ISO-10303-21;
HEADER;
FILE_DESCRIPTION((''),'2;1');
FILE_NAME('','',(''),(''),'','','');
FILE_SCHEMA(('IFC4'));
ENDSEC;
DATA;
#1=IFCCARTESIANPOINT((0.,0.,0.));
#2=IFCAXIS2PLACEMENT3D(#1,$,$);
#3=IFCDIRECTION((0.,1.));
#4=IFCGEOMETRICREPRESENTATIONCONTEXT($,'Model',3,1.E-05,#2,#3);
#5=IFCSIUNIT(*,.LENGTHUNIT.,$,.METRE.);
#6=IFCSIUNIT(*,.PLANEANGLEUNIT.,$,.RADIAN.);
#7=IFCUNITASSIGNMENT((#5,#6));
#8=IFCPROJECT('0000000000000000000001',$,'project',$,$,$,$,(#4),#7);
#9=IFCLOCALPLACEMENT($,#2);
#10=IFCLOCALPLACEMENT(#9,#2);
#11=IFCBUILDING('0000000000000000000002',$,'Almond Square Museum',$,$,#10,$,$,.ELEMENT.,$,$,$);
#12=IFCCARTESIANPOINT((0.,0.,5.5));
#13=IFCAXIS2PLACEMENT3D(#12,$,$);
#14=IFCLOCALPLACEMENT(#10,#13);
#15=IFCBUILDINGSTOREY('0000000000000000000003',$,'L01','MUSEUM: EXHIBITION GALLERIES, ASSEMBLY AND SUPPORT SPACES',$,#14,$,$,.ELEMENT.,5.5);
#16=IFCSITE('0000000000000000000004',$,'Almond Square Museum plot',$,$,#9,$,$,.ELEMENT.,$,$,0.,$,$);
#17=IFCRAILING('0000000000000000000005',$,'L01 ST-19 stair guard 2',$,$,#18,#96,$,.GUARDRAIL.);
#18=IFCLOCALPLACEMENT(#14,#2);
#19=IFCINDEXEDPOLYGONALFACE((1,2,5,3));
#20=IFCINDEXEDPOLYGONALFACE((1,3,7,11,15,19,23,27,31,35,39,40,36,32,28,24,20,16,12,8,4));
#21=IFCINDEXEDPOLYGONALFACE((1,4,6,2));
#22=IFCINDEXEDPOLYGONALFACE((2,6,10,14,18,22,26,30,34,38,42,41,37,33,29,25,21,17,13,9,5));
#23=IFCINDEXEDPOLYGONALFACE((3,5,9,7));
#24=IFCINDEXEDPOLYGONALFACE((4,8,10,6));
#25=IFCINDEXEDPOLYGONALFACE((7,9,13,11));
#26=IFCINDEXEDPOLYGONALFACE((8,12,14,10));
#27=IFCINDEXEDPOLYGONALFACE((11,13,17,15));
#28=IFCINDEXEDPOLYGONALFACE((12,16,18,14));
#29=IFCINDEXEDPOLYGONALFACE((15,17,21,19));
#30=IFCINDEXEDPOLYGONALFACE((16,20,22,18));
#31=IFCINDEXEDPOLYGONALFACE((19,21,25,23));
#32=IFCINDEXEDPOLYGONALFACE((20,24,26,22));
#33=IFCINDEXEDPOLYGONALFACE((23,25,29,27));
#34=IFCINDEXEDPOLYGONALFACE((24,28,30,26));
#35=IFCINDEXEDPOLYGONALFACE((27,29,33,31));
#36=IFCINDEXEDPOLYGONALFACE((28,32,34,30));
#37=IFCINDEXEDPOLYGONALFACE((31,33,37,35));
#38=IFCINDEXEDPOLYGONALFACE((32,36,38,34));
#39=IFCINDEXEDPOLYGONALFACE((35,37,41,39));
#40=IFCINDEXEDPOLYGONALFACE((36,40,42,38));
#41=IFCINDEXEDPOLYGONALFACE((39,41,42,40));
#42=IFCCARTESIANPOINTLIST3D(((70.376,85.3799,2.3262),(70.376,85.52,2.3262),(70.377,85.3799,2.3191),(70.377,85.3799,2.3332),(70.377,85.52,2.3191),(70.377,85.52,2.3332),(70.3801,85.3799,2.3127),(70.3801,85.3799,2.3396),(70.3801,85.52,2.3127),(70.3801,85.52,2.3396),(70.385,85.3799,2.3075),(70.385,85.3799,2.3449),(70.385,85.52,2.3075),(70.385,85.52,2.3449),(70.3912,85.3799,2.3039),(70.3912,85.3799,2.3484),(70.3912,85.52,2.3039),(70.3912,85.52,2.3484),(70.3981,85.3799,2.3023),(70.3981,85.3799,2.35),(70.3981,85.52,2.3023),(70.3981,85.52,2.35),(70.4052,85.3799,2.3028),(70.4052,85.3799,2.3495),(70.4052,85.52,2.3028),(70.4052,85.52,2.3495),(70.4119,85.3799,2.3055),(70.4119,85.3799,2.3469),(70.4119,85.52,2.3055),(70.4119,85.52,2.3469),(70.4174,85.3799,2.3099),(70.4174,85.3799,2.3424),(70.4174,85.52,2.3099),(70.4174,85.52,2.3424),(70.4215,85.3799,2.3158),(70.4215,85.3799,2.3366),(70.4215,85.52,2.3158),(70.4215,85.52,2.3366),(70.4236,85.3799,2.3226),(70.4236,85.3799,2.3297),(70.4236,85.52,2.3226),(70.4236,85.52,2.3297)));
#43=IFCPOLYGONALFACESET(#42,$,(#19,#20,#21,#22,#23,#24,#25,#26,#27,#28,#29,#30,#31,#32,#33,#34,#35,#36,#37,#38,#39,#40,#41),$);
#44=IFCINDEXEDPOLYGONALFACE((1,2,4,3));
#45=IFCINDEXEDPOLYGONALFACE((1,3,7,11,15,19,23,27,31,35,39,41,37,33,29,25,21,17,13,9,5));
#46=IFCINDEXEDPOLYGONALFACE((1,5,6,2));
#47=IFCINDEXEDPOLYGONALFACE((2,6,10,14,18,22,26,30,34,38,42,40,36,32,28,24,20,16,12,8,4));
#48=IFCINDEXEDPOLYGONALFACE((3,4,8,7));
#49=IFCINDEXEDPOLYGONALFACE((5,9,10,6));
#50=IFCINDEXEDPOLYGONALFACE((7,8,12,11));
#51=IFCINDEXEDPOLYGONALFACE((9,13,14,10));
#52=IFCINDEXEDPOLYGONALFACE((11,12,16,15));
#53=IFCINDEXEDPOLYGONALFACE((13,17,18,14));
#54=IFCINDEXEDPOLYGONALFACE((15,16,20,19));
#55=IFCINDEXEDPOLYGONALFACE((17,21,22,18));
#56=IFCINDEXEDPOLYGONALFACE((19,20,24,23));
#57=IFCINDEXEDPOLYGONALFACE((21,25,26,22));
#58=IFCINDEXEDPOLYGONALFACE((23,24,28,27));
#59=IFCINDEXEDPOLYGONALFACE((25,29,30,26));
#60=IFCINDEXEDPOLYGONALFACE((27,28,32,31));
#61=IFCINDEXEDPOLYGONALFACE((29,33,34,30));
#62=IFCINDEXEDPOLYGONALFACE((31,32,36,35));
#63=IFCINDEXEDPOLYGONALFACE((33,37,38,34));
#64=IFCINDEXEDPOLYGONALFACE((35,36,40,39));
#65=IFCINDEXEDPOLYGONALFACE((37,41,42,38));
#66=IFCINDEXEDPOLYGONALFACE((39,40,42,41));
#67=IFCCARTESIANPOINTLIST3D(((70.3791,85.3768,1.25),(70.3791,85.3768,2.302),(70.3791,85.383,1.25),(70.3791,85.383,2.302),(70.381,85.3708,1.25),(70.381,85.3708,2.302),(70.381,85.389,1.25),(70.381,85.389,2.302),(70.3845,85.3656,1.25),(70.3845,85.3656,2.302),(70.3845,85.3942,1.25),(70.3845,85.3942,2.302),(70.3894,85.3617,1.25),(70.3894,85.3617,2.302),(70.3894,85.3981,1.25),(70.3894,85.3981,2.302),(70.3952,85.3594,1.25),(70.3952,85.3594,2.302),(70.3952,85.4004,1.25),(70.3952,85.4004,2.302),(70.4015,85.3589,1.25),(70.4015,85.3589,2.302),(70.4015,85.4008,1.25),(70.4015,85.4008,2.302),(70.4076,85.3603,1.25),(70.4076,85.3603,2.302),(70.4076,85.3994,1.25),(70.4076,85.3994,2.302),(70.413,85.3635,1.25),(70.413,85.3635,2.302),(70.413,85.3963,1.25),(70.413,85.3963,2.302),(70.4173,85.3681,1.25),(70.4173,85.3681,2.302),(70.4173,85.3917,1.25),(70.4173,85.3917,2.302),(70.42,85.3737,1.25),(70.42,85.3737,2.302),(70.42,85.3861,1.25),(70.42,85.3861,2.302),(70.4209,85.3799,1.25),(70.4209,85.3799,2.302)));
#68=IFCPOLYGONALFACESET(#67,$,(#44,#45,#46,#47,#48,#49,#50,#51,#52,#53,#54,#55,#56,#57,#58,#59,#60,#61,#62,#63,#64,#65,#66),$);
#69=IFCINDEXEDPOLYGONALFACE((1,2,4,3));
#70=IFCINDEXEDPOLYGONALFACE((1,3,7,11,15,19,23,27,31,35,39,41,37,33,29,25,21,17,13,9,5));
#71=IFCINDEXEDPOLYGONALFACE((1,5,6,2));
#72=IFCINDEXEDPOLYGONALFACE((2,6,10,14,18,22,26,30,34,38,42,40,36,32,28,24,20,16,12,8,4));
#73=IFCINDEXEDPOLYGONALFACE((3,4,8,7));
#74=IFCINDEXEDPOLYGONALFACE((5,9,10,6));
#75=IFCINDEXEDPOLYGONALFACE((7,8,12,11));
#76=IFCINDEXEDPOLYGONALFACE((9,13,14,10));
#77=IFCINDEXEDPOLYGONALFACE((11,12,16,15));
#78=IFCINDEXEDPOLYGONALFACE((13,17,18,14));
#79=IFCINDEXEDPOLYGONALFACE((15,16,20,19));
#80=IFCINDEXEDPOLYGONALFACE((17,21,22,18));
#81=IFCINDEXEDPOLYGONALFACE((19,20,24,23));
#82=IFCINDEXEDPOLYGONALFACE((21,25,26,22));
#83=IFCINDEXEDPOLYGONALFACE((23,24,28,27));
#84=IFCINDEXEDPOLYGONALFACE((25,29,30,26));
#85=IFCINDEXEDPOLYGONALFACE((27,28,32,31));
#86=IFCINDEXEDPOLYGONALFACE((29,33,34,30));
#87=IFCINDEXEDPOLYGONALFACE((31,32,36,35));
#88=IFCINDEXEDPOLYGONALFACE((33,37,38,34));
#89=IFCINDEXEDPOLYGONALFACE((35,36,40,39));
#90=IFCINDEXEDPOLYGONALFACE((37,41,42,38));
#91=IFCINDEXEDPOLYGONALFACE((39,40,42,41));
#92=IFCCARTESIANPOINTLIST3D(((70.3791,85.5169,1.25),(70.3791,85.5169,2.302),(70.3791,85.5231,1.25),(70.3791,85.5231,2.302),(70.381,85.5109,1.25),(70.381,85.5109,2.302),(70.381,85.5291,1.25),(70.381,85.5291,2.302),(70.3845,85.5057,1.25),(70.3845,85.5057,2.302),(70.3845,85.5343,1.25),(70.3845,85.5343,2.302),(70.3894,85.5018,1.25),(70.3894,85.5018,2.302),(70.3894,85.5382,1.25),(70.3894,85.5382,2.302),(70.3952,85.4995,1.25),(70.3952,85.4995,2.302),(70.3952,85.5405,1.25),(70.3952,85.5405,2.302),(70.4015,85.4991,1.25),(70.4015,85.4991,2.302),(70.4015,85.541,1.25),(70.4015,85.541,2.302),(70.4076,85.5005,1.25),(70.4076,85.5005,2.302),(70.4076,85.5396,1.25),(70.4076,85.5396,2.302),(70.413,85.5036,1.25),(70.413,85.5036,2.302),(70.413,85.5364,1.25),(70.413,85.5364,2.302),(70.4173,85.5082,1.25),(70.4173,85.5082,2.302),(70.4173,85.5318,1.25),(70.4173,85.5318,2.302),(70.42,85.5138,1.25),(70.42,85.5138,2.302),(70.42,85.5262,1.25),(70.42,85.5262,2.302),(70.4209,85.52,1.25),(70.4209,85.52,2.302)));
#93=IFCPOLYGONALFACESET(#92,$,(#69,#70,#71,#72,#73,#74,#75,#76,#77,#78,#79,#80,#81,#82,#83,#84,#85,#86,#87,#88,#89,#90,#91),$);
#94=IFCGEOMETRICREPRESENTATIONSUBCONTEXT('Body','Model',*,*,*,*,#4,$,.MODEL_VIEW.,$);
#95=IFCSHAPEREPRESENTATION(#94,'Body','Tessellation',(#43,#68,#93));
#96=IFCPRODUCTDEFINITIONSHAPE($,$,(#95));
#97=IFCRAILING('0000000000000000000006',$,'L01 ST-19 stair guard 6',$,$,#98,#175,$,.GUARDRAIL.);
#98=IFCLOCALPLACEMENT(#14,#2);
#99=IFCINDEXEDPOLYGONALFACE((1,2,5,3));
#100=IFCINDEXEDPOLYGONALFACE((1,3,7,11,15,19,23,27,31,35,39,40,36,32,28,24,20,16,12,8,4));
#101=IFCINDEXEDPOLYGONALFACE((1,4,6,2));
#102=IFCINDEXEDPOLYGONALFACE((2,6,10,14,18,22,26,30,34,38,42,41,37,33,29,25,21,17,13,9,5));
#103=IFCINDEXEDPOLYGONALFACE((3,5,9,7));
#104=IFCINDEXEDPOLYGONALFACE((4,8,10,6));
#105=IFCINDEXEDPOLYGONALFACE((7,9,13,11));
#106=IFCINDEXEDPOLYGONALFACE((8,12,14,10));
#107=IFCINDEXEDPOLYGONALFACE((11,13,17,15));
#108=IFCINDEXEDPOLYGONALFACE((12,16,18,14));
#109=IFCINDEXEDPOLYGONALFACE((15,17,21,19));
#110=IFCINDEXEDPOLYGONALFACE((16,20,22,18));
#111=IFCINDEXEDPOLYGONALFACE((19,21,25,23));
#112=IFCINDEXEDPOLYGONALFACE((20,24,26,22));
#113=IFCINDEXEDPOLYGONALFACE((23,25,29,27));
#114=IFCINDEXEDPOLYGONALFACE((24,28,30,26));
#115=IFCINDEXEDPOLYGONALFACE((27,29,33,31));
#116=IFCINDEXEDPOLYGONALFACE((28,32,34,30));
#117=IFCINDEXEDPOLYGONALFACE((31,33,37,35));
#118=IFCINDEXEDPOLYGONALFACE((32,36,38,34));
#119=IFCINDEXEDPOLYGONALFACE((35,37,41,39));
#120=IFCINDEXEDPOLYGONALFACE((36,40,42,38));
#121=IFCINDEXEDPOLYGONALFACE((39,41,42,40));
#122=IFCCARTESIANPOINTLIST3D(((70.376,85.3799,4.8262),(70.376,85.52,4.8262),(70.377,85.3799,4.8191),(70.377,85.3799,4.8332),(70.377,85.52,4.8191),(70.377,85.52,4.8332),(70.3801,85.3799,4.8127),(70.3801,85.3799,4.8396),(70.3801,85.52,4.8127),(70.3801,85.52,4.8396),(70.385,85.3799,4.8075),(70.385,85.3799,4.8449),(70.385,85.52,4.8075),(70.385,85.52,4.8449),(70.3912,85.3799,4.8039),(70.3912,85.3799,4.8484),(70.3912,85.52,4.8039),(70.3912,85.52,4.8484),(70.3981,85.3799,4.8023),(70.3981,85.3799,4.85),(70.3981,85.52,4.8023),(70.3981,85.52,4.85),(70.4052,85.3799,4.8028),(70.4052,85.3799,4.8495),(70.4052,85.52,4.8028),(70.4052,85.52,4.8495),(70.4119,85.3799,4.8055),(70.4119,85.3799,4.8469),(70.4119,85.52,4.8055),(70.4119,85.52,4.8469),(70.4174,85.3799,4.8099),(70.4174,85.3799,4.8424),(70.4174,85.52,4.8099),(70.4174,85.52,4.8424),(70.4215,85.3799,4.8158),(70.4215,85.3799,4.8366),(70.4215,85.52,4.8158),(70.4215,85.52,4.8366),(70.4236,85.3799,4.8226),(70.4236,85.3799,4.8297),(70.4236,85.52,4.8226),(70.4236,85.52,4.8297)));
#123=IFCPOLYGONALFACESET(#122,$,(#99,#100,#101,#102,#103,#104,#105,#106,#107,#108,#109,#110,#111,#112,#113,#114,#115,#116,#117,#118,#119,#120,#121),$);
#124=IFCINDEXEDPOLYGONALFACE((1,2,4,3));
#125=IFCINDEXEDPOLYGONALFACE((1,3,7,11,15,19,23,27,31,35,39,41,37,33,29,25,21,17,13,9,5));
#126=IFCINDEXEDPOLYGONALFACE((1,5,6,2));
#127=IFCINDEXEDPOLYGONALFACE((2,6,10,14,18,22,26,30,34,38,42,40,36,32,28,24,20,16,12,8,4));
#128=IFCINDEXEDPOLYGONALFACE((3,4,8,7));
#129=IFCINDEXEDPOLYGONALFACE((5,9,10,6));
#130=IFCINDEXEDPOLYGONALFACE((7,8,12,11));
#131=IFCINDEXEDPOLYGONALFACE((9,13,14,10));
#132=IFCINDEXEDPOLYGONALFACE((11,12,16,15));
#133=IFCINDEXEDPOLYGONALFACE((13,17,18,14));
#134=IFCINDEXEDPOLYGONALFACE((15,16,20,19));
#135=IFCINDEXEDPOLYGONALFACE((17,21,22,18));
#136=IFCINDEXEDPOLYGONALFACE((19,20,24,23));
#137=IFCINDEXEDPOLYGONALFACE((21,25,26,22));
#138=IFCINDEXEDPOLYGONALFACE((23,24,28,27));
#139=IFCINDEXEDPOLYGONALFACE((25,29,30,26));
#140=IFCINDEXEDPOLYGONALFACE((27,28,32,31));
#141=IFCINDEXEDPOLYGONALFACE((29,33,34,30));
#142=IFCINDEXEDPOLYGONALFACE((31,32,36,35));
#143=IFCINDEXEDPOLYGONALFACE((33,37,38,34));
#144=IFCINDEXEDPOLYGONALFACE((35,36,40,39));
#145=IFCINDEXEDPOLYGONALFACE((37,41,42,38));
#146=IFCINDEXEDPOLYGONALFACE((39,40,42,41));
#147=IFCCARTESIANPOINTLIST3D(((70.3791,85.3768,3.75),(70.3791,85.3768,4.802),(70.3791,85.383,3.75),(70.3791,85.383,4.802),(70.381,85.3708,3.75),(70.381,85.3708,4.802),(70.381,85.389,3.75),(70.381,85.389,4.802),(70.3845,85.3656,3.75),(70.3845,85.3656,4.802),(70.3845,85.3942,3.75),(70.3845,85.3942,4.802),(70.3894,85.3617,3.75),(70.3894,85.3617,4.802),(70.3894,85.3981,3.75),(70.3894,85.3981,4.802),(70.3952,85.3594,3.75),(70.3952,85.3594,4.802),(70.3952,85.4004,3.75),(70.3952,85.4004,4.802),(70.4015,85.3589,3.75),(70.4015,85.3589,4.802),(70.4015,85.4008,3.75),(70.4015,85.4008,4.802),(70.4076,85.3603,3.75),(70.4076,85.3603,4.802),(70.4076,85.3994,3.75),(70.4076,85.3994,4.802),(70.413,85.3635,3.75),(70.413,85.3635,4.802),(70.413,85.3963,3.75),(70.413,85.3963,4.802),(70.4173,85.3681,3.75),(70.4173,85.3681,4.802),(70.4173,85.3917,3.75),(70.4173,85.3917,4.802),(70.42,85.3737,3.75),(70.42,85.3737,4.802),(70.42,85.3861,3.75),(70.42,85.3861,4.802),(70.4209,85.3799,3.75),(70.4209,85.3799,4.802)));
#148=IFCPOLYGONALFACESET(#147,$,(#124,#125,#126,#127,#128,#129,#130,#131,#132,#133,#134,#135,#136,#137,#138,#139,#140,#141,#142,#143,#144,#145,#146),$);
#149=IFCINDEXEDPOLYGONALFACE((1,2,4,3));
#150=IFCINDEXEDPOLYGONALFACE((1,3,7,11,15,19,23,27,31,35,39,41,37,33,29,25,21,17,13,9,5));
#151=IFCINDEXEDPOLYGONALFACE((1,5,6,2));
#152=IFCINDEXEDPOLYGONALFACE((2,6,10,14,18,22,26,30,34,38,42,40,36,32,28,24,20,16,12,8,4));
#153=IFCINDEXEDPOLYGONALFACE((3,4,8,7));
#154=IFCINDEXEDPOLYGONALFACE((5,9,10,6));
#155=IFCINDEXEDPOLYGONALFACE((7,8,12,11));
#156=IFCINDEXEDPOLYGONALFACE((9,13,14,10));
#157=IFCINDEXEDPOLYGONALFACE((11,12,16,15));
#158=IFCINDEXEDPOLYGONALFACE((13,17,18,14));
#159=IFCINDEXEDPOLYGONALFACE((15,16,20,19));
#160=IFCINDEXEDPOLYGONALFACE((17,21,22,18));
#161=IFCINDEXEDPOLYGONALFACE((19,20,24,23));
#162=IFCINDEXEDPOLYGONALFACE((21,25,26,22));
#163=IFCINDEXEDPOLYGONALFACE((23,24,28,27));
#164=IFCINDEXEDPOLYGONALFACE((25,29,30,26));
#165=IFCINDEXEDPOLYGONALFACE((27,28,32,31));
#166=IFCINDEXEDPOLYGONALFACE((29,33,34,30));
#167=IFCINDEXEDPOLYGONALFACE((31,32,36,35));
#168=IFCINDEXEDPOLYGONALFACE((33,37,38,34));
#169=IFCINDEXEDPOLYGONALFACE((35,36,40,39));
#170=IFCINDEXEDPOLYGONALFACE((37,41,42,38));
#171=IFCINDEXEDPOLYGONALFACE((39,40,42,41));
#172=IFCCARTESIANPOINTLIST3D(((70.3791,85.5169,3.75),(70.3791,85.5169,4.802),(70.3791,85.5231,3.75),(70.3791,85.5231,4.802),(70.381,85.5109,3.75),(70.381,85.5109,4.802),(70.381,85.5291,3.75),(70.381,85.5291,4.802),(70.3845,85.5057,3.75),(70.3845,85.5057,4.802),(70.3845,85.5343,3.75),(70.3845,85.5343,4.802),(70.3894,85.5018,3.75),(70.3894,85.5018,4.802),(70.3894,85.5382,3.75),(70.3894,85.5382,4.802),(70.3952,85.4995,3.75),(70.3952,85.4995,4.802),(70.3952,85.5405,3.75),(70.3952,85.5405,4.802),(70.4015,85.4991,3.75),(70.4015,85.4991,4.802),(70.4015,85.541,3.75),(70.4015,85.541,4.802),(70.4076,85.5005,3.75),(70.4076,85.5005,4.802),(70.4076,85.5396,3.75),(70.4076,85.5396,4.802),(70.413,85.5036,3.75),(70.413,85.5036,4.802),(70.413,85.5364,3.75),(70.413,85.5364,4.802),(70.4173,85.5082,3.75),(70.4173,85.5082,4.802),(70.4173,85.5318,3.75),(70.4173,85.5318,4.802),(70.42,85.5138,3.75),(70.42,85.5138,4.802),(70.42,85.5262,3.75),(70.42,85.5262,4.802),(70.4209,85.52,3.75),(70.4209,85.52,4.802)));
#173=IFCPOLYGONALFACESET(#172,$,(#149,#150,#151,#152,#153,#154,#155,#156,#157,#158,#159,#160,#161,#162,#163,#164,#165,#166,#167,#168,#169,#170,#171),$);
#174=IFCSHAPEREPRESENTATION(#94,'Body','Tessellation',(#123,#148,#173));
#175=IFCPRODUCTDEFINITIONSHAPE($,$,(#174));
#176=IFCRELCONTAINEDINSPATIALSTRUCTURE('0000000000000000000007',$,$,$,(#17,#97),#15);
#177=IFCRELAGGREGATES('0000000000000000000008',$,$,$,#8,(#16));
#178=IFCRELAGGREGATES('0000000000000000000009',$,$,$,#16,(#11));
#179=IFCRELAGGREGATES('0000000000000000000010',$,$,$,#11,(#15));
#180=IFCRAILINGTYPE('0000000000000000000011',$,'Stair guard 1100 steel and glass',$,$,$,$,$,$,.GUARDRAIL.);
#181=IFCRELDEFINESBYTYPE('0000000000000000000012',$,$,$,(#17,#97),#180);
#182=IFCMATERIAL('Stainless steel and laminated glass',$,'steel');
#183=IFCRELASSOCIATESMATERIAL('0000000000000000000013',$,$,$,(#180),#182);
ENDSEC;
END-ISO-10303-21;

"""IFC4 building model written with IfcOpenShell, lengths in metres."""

from ifc_helpers import new_model, si_unit, direction, frame, origin, origin_2d, place, context, subcontext, project, spatial, circle, extrude, material, type_object, element, save


model = new_model("IFC4")

# Units and contexts
model_context = context("Model", 3, precision=1e-05, world=origin(), true_north=direction((0.0, 1.0)))
body_context = subcontext(model_context, "Body", "Model", "MODEL_VIEW")
ifc_project = project(units=[si_unit("LENGTHUNIT", "METRE"), si_unit("PLANEANGLEUNIT", "RADIAN")], contexts=[model_context])

# Site, building, storey
site_placement = place(None, origin())
site = spatial("IfcSite", under=ifc_project, at=site_placement, Name="Almond Square Museum plot", CompositionType="ELEMENT", RefElevation=0.0)
building_placement = place(site_placement, origin())
building = spatial("IfcBuilding", under=site, at=building_placement, Name="Almond Square Museum", CompositionType="ELEMENT")
storey_placement = place(building_placement, frame((0.0, 0.0, 5.5)))
storey = spatial("IfcBuildingStorey", under=building, at=storey_placement, Name="L01", Description="MUSEUM: EXHIBITION GALLERIES, ASSEMBLY AND SUPPORT SPACES", CompositionType="ELEMENT", Elevation=5.5)

# Railings
ifc_material_1 = material(Name="Stainless steel and laminated glass", Category="steel")
railing_type_1 = type_object("IfcRailingType", Name="Stair guard 1100 steel and glass", PredefinedType="GUARDRAIL", material=ifc_material_1)
for number, where, name in (
    (1, (70.3999, 85.3799, 1.25), "L01 ST-19 stair guard 2"),
    (2, (70.3999, 85.3799, 3.75), "L01 ST-19 stair guard 6"),
):
    element("IfcRailing", number, at=place(storey_placement, frame(where)), inside=storey, type_object=railing_type_1, Name=name, PredefinedType="GUARDRAIL", context=body_context, shape_type="SweptSolid", body=[
        extrude(circle(Radius=0.0239, at=origin_2d()), frame((0.0, 0.0, 1.0762), z_axis=(0.0, 1.0, 0.0), x_axis=(-1.0, 0.0, 0.0)), (0.0, 0.0, 1.0), 0.1401),
        extrude(circle(Radius=0.021, at=origin_2d()), origin(), (0.0, 0.0, 1.0), 1.052),
        extrude(circle(Radius=0.021, at=origin_2d()), frame((0.0, 0.1401, 0.0)), (0.0, 0.0, 1.0), 1.052),
    ])

save(model, "model.ifc")
